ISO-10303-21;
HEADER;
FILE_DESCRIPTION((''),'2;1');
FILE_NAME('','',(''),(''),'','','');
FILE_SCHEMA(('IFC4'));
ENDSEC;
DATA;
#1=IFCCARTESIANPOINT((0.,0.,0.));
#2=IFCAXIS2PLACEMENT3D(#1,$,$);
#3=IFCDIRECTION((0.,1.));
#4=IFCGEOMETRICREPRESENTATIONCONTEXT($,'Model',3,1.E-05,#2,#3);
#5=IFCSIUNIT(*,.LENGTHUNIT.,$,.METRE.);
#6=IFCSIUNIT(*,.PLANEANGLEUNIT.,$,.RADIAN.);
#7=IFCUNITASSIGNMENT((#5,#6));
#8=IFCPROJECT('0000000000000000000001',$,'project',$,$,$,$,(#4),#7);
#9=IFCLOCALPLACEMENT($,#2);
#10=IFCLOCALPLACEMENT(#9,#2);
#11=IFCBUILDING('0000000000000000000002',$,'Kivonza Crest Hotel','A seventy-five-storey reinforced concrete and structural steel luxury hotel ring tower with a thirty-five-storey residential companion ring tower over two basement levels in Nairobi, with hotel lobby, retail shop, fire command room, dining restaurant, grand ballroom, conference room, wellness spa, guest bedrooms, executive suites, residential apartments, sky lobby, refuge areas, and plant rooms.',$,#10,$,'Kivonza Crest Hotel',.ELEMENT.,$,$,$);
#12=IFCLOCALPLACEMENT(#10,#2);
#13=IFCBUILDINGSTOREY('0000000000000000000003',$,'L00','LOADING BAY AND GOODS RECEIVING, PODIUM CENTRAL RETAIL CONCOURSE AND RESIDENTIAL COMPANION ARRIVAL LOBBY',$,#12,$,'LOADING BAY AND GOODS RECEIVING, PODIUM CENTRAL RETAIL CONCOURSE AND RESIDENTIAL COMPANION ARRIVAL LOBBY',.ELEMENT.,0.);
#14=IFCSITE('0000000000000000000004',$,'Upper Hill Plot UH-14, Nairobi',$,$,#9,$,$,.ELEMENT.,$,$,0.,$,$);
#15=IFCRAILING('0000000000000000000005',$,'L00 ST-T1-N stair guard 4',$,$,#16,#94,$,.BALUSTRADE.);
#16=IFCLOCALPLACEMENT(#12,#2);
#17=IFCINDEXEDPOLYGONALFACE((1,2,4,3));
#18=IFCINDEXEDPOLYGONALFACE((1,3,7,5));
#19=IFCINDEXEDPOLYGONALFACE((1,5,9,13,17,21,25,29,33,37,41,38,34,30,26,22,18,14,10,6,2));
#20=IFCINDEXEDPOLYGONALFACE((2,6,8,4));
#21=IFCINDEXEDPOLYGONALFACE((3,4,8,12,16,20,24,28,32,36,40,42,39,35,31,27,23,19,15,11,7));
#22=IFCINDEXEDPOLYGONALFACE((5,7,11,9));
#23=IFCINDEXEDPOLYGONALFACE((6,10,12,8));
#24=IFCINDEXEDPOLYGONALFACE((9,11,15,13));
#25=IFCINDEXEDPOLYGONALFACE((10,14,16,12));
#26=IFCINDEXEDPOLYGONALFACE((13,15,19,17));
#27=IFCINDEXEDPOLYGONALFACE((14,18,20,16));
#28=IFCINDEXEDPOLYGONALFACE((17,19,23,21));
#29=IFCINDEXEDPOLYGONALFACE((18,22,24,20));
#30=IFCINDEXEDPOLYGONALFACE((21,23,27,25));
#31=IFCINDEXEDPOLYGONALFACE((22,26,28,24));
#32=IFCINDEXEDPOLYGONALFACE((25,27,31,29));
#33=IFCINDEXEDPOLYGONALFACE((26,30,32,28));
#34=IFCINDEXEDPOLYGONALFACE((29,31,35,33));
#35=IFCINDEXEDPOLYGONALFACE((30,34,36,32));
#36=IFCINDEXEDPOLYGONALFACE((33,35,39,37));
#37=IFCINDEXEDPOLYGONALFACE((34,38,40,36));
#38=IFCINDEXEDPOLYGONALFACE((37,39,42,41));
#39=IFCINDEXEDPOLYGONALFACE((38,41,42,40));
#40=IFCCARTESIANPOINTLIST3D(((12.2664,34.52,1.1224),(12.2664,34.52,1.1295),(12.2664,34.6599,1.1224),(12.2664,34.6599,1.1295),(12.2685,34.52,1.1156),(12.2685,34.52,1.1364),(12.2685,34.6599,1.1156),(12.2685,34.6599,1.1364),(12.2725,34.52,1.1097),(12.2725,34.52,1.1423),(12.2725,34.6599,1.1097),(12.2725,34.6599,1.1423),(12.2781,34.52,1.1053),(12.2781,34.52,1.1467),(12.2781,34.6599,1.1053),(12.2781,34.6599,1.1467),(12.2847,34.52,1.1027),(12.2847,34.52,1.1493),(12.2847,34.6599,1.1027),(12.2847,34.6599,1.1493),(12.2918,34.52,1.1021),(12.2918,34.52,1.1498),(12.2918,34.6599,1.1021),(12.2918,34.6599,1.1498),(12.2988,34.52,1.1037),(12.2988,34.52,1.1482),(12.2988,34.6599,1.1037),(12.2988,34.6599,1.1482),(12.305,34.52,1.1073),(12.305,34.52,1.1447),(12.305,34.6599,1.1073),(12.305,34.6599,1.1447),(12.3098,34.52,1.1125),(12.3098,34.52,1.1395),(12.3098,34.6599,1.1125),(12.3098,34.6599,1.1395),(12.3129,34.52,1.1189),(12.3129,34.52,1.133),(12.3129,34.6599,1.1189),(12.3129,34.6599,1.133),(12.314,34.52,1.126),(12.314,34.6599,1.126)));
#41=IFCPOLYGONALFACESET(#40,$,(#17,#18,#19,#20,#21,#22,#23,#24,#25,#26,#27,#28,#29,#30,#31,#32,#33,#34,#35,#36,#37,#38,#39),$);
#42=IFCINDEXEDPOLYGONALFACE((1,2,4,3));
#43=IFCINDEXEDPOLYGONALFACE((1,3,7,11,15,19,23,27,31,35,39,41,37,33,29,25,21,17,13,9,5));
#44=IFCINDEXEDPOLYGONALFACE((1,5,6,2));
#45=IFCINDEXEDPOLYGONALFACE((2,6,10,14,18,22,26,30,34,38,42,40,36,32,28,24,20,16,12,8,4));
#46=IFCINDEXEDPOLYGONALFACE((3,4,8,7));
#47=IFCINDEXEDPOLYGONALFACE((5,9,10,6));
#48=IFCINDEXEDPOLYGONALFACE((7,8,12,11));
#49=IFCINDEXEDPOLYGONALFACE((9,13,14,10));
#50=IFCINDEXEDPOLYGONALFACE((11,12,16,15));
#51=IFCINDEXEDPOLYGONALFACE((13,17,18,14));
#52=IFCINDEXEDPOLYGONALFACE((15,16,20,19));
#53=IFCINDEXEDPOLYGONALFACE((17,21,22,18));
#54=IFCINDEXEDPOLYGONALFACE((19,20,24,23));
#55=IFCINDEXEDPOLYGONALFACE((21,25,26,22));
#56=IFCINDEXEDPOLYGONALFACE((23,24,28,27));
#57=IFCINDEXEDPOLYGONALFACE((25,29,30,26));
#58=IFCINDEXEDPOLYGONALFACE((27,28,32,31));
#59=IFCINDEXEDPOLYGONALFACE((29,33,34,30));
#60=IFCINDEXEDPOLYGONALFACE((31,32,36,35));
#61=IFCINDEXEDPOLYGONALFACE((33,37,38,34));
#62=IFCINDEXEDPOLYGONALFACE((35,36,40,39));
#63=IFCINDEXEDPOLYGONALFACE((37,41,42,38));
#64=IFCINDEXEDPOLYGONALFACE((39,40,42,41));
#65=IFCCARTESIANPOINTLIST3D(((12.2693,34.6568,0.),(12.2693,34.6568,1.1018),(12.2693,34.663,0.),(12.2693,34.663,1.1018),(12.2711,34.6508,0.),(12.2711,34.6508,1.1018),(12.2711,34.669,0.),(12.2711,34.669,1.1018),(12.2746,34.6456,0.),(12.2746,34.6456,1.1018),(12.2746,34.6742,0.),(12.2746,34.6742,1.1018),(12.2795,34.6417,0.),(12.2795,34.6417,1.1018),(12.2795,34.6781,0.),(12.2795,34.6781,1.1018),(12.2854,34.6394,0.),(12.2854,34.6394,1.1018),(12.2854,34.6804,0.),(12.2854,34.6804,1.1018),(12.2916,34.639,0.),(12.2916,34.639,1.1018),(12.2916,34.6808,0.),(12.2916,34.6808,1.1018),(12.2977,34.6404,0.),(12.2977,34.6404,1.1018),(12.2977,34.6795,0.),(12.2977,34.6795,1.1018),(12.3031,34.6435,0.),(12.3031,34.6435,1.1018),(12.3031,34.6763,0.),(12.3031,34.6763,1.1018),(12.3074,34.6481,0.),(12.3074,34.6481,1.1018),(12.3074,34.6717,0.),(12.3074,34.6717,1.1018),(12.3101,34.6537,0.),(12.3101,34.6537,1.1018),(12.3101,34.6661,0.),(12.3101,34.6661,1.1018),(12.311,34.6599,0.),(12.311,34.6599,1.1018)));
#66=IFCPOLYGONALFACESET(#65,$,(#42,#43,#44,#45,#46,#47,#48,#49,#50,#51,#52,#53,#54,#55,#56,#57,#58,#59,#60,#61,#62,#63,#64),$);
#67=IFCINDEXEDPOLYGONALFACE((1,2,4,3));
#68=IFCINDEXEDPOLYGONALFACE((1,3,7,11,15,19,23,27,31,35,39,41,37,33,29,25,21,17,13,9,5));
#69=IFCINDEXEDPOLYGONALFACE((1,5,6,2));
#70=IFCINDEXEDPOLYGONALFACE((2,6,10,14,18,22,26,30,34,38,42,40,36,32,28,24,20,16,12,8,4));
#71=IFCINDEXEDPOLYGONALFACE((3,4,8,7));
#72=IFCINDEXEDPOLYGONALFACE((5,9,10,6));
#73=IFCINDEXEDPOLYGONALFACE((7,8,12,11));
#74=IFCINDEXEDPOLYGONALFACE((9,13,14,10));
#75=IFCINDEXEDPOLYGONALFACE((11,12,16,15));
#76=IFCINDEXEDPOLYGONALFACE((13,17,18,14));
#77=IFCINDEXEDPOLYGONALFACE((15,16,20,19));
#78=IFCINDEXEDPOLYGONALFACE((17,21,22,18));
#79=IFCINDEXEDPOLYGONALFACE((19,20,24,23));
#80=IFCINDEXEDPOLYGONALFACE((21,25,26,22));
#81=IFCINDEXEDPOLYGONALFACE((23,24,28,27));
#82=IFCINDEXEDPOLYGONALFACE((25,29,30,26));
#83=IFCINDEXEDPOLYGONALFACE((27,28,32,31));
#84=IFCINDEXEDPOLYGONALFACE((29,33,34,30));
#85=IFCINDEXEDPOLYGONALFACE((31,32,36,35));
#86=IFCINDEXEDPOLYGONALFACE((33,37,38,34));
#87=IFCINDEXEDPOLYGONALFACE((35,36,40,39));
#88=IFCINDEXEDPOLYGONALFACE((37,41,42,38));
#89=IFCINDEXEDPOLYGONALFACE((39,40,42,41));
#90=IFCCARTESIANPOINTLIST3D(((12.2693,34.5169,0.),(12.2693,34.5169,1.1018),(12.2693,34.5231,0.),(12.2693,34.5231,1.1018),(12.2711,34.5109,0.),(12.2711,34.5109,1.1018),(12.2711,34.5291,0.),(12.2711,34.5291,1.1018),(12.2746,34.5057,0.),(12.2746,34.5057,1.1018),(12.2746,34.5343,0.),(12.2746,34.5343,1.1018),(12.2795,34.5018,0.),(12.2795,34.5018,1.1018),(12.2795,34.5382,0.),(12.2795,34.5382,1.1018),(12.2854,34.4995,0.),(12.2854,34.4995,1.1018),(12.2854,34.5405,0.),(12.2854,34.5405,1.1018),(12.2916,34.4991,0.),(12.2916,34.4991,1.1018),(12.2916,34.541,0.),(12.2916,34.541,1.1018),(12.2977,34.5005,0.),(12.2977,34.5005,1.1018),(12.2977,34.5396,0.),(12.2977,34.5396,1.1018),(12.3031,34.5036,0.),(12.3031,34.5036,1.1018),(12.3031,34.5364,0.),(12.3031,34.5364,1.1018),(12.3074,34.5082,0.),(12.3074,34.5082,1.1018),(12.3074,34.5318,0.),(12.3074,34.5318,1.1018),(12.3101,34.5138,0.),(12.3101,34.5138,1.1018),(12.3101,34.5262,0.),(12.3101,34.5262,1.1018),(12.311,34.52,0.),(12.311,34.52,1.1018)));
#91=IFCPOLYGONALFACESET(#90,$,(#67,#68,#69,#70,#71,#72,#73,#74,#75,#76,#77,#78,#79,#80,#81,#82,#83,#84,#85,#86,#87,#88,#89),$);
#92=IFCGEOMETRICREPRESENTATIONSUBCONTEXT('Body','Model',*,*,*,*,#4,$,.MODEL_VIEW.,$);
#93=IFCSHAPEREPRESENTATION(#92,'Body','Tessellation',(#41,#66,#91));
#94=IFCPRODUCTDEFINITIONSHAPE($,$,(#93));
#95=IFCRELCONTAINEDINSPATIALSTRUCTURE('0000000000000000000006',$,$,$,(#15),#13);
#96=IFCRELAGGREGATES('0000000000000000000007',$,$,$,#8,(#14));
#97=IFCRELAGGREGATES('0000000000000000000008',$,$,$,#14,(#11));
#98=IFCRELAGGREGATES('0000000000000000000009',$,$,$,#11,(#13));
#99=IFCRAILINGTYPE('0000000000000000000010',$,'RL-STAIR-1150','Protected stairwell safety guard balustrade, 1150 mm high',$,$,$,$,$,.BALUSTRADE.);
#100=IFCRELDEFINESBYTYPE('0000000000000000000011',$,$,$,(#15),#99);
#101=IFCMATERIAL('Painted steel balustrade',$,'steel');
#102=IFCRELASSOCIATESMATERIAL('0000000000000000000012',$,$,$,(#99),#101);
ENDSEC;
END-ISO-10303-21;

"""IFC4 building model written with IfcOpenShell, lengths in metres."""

from ifc_helpers import new_model, si_unit, direction, frame, origin, origin_2d, place, context, subcontext, project, spatial, circle, extrude, material, type_object, element, save


model = new_model("IFC4")

# Units and contexts
model_context = context("Model", 3, precision=1e-05, world=origin(), true_north=direction((0.0, 1.0)))
body_context = subcontext(model_context, "Body", "Model", "MODEL_VIEW")
ifc_project = project(units=[si_unit("LENGTHUNIT", "METRE"), si_unit("PLANEANGLEUNIT", "RADIAN")], contexts=[model_context])

# Site, building, storey
site_placement = place(None, origin())
site = spatial("IfcSite", under=ifc_project, at=site_placement, Name="Upper Hill Plot UH-14, Nairobi", CompositionType="ELEMENT", RefElevation=0.0)
building_placement = place(site_placement, origin())
building = spatial("IfcBuilding", under=site, at=building_placement, Name="Kivonza Crest Hotel", Description="A seventy-five-storey reinforced concrete and structural steel luxury hotel ring tower with a thirty-five-storey residential companion ring tower over two basement levels in Nairobi, with hotel lobby, retail shop, fire command room, dining restaurant, grand ballroom, conference room, wellness spa, guest bedrooms, executive suites, residential apartments, sky lobby, refuge areas, and plant rooms.", LongName="Kivonza Crest Hotel", CompositionType="ELEMENT")
storey_placement = place(building_placement, origin())
storey = spatial("IfcBuildingStorey", under=building, at=storey_placement, Name="L00", Description="LOADING BAY AND GOODS RECEIVING, PODIUM CENTRAL RETAIL CONCOURSE AND RESIDENTIAL COMPANION ARRIVAL LOBBY", LongName="LOADING BAY AND GOODS RECEIVING, PODIUM CENTRAL RETAIL CONCOURSE AND RESIDENTIAL COMPANION ARRIVAL LOBBY", CompositionType="ELEMENT", Elevation=0.0)

# Railing
ifc_material_1 = material(Name="Painted steel balustrade", Category="steel")
railing_type_1 = type_object("IfcRailingType", Name="RL-STAIR-1150", Description="Protected stairwell safety guard balustrade, 1150 mm high", PredefinedType="BALUSTRADE", material=ifc_material_1)
railing_1_placement = place(storey_placement, frame((12.29, 34.6599, 0.0)))
element("IfcRailing", 1, at=railing_1_placement, inside=storey, type_object=railing_type_1, Name="L00 ST-T1-N stair guard 4", PredefinedType="BALUSTRADE", context=body_context, shape_type="SweptSolid", body=[
    extrude(circle(Radius=0.0239, at=origin_2d()), frame((0.0, 0.0, 1.126), z_axis=(0.0, -1.0, 0.0), x_axis=(1.0, 0.0, 0.0)), (0.0, 0.0, 1.0), 0.1399),
    extrude(circle(Radius=0.021, at=origin_2d()), origin(), (0.0, 0.0, 1.0), 1.1018),
    extrude(circle(Radius=0.021, at=origin_2d()), frame((0.0, -0.1399, 0.0)), (0.0, 0.0, 1.0), 1.1018),
])

save(model, "model.ifc")
